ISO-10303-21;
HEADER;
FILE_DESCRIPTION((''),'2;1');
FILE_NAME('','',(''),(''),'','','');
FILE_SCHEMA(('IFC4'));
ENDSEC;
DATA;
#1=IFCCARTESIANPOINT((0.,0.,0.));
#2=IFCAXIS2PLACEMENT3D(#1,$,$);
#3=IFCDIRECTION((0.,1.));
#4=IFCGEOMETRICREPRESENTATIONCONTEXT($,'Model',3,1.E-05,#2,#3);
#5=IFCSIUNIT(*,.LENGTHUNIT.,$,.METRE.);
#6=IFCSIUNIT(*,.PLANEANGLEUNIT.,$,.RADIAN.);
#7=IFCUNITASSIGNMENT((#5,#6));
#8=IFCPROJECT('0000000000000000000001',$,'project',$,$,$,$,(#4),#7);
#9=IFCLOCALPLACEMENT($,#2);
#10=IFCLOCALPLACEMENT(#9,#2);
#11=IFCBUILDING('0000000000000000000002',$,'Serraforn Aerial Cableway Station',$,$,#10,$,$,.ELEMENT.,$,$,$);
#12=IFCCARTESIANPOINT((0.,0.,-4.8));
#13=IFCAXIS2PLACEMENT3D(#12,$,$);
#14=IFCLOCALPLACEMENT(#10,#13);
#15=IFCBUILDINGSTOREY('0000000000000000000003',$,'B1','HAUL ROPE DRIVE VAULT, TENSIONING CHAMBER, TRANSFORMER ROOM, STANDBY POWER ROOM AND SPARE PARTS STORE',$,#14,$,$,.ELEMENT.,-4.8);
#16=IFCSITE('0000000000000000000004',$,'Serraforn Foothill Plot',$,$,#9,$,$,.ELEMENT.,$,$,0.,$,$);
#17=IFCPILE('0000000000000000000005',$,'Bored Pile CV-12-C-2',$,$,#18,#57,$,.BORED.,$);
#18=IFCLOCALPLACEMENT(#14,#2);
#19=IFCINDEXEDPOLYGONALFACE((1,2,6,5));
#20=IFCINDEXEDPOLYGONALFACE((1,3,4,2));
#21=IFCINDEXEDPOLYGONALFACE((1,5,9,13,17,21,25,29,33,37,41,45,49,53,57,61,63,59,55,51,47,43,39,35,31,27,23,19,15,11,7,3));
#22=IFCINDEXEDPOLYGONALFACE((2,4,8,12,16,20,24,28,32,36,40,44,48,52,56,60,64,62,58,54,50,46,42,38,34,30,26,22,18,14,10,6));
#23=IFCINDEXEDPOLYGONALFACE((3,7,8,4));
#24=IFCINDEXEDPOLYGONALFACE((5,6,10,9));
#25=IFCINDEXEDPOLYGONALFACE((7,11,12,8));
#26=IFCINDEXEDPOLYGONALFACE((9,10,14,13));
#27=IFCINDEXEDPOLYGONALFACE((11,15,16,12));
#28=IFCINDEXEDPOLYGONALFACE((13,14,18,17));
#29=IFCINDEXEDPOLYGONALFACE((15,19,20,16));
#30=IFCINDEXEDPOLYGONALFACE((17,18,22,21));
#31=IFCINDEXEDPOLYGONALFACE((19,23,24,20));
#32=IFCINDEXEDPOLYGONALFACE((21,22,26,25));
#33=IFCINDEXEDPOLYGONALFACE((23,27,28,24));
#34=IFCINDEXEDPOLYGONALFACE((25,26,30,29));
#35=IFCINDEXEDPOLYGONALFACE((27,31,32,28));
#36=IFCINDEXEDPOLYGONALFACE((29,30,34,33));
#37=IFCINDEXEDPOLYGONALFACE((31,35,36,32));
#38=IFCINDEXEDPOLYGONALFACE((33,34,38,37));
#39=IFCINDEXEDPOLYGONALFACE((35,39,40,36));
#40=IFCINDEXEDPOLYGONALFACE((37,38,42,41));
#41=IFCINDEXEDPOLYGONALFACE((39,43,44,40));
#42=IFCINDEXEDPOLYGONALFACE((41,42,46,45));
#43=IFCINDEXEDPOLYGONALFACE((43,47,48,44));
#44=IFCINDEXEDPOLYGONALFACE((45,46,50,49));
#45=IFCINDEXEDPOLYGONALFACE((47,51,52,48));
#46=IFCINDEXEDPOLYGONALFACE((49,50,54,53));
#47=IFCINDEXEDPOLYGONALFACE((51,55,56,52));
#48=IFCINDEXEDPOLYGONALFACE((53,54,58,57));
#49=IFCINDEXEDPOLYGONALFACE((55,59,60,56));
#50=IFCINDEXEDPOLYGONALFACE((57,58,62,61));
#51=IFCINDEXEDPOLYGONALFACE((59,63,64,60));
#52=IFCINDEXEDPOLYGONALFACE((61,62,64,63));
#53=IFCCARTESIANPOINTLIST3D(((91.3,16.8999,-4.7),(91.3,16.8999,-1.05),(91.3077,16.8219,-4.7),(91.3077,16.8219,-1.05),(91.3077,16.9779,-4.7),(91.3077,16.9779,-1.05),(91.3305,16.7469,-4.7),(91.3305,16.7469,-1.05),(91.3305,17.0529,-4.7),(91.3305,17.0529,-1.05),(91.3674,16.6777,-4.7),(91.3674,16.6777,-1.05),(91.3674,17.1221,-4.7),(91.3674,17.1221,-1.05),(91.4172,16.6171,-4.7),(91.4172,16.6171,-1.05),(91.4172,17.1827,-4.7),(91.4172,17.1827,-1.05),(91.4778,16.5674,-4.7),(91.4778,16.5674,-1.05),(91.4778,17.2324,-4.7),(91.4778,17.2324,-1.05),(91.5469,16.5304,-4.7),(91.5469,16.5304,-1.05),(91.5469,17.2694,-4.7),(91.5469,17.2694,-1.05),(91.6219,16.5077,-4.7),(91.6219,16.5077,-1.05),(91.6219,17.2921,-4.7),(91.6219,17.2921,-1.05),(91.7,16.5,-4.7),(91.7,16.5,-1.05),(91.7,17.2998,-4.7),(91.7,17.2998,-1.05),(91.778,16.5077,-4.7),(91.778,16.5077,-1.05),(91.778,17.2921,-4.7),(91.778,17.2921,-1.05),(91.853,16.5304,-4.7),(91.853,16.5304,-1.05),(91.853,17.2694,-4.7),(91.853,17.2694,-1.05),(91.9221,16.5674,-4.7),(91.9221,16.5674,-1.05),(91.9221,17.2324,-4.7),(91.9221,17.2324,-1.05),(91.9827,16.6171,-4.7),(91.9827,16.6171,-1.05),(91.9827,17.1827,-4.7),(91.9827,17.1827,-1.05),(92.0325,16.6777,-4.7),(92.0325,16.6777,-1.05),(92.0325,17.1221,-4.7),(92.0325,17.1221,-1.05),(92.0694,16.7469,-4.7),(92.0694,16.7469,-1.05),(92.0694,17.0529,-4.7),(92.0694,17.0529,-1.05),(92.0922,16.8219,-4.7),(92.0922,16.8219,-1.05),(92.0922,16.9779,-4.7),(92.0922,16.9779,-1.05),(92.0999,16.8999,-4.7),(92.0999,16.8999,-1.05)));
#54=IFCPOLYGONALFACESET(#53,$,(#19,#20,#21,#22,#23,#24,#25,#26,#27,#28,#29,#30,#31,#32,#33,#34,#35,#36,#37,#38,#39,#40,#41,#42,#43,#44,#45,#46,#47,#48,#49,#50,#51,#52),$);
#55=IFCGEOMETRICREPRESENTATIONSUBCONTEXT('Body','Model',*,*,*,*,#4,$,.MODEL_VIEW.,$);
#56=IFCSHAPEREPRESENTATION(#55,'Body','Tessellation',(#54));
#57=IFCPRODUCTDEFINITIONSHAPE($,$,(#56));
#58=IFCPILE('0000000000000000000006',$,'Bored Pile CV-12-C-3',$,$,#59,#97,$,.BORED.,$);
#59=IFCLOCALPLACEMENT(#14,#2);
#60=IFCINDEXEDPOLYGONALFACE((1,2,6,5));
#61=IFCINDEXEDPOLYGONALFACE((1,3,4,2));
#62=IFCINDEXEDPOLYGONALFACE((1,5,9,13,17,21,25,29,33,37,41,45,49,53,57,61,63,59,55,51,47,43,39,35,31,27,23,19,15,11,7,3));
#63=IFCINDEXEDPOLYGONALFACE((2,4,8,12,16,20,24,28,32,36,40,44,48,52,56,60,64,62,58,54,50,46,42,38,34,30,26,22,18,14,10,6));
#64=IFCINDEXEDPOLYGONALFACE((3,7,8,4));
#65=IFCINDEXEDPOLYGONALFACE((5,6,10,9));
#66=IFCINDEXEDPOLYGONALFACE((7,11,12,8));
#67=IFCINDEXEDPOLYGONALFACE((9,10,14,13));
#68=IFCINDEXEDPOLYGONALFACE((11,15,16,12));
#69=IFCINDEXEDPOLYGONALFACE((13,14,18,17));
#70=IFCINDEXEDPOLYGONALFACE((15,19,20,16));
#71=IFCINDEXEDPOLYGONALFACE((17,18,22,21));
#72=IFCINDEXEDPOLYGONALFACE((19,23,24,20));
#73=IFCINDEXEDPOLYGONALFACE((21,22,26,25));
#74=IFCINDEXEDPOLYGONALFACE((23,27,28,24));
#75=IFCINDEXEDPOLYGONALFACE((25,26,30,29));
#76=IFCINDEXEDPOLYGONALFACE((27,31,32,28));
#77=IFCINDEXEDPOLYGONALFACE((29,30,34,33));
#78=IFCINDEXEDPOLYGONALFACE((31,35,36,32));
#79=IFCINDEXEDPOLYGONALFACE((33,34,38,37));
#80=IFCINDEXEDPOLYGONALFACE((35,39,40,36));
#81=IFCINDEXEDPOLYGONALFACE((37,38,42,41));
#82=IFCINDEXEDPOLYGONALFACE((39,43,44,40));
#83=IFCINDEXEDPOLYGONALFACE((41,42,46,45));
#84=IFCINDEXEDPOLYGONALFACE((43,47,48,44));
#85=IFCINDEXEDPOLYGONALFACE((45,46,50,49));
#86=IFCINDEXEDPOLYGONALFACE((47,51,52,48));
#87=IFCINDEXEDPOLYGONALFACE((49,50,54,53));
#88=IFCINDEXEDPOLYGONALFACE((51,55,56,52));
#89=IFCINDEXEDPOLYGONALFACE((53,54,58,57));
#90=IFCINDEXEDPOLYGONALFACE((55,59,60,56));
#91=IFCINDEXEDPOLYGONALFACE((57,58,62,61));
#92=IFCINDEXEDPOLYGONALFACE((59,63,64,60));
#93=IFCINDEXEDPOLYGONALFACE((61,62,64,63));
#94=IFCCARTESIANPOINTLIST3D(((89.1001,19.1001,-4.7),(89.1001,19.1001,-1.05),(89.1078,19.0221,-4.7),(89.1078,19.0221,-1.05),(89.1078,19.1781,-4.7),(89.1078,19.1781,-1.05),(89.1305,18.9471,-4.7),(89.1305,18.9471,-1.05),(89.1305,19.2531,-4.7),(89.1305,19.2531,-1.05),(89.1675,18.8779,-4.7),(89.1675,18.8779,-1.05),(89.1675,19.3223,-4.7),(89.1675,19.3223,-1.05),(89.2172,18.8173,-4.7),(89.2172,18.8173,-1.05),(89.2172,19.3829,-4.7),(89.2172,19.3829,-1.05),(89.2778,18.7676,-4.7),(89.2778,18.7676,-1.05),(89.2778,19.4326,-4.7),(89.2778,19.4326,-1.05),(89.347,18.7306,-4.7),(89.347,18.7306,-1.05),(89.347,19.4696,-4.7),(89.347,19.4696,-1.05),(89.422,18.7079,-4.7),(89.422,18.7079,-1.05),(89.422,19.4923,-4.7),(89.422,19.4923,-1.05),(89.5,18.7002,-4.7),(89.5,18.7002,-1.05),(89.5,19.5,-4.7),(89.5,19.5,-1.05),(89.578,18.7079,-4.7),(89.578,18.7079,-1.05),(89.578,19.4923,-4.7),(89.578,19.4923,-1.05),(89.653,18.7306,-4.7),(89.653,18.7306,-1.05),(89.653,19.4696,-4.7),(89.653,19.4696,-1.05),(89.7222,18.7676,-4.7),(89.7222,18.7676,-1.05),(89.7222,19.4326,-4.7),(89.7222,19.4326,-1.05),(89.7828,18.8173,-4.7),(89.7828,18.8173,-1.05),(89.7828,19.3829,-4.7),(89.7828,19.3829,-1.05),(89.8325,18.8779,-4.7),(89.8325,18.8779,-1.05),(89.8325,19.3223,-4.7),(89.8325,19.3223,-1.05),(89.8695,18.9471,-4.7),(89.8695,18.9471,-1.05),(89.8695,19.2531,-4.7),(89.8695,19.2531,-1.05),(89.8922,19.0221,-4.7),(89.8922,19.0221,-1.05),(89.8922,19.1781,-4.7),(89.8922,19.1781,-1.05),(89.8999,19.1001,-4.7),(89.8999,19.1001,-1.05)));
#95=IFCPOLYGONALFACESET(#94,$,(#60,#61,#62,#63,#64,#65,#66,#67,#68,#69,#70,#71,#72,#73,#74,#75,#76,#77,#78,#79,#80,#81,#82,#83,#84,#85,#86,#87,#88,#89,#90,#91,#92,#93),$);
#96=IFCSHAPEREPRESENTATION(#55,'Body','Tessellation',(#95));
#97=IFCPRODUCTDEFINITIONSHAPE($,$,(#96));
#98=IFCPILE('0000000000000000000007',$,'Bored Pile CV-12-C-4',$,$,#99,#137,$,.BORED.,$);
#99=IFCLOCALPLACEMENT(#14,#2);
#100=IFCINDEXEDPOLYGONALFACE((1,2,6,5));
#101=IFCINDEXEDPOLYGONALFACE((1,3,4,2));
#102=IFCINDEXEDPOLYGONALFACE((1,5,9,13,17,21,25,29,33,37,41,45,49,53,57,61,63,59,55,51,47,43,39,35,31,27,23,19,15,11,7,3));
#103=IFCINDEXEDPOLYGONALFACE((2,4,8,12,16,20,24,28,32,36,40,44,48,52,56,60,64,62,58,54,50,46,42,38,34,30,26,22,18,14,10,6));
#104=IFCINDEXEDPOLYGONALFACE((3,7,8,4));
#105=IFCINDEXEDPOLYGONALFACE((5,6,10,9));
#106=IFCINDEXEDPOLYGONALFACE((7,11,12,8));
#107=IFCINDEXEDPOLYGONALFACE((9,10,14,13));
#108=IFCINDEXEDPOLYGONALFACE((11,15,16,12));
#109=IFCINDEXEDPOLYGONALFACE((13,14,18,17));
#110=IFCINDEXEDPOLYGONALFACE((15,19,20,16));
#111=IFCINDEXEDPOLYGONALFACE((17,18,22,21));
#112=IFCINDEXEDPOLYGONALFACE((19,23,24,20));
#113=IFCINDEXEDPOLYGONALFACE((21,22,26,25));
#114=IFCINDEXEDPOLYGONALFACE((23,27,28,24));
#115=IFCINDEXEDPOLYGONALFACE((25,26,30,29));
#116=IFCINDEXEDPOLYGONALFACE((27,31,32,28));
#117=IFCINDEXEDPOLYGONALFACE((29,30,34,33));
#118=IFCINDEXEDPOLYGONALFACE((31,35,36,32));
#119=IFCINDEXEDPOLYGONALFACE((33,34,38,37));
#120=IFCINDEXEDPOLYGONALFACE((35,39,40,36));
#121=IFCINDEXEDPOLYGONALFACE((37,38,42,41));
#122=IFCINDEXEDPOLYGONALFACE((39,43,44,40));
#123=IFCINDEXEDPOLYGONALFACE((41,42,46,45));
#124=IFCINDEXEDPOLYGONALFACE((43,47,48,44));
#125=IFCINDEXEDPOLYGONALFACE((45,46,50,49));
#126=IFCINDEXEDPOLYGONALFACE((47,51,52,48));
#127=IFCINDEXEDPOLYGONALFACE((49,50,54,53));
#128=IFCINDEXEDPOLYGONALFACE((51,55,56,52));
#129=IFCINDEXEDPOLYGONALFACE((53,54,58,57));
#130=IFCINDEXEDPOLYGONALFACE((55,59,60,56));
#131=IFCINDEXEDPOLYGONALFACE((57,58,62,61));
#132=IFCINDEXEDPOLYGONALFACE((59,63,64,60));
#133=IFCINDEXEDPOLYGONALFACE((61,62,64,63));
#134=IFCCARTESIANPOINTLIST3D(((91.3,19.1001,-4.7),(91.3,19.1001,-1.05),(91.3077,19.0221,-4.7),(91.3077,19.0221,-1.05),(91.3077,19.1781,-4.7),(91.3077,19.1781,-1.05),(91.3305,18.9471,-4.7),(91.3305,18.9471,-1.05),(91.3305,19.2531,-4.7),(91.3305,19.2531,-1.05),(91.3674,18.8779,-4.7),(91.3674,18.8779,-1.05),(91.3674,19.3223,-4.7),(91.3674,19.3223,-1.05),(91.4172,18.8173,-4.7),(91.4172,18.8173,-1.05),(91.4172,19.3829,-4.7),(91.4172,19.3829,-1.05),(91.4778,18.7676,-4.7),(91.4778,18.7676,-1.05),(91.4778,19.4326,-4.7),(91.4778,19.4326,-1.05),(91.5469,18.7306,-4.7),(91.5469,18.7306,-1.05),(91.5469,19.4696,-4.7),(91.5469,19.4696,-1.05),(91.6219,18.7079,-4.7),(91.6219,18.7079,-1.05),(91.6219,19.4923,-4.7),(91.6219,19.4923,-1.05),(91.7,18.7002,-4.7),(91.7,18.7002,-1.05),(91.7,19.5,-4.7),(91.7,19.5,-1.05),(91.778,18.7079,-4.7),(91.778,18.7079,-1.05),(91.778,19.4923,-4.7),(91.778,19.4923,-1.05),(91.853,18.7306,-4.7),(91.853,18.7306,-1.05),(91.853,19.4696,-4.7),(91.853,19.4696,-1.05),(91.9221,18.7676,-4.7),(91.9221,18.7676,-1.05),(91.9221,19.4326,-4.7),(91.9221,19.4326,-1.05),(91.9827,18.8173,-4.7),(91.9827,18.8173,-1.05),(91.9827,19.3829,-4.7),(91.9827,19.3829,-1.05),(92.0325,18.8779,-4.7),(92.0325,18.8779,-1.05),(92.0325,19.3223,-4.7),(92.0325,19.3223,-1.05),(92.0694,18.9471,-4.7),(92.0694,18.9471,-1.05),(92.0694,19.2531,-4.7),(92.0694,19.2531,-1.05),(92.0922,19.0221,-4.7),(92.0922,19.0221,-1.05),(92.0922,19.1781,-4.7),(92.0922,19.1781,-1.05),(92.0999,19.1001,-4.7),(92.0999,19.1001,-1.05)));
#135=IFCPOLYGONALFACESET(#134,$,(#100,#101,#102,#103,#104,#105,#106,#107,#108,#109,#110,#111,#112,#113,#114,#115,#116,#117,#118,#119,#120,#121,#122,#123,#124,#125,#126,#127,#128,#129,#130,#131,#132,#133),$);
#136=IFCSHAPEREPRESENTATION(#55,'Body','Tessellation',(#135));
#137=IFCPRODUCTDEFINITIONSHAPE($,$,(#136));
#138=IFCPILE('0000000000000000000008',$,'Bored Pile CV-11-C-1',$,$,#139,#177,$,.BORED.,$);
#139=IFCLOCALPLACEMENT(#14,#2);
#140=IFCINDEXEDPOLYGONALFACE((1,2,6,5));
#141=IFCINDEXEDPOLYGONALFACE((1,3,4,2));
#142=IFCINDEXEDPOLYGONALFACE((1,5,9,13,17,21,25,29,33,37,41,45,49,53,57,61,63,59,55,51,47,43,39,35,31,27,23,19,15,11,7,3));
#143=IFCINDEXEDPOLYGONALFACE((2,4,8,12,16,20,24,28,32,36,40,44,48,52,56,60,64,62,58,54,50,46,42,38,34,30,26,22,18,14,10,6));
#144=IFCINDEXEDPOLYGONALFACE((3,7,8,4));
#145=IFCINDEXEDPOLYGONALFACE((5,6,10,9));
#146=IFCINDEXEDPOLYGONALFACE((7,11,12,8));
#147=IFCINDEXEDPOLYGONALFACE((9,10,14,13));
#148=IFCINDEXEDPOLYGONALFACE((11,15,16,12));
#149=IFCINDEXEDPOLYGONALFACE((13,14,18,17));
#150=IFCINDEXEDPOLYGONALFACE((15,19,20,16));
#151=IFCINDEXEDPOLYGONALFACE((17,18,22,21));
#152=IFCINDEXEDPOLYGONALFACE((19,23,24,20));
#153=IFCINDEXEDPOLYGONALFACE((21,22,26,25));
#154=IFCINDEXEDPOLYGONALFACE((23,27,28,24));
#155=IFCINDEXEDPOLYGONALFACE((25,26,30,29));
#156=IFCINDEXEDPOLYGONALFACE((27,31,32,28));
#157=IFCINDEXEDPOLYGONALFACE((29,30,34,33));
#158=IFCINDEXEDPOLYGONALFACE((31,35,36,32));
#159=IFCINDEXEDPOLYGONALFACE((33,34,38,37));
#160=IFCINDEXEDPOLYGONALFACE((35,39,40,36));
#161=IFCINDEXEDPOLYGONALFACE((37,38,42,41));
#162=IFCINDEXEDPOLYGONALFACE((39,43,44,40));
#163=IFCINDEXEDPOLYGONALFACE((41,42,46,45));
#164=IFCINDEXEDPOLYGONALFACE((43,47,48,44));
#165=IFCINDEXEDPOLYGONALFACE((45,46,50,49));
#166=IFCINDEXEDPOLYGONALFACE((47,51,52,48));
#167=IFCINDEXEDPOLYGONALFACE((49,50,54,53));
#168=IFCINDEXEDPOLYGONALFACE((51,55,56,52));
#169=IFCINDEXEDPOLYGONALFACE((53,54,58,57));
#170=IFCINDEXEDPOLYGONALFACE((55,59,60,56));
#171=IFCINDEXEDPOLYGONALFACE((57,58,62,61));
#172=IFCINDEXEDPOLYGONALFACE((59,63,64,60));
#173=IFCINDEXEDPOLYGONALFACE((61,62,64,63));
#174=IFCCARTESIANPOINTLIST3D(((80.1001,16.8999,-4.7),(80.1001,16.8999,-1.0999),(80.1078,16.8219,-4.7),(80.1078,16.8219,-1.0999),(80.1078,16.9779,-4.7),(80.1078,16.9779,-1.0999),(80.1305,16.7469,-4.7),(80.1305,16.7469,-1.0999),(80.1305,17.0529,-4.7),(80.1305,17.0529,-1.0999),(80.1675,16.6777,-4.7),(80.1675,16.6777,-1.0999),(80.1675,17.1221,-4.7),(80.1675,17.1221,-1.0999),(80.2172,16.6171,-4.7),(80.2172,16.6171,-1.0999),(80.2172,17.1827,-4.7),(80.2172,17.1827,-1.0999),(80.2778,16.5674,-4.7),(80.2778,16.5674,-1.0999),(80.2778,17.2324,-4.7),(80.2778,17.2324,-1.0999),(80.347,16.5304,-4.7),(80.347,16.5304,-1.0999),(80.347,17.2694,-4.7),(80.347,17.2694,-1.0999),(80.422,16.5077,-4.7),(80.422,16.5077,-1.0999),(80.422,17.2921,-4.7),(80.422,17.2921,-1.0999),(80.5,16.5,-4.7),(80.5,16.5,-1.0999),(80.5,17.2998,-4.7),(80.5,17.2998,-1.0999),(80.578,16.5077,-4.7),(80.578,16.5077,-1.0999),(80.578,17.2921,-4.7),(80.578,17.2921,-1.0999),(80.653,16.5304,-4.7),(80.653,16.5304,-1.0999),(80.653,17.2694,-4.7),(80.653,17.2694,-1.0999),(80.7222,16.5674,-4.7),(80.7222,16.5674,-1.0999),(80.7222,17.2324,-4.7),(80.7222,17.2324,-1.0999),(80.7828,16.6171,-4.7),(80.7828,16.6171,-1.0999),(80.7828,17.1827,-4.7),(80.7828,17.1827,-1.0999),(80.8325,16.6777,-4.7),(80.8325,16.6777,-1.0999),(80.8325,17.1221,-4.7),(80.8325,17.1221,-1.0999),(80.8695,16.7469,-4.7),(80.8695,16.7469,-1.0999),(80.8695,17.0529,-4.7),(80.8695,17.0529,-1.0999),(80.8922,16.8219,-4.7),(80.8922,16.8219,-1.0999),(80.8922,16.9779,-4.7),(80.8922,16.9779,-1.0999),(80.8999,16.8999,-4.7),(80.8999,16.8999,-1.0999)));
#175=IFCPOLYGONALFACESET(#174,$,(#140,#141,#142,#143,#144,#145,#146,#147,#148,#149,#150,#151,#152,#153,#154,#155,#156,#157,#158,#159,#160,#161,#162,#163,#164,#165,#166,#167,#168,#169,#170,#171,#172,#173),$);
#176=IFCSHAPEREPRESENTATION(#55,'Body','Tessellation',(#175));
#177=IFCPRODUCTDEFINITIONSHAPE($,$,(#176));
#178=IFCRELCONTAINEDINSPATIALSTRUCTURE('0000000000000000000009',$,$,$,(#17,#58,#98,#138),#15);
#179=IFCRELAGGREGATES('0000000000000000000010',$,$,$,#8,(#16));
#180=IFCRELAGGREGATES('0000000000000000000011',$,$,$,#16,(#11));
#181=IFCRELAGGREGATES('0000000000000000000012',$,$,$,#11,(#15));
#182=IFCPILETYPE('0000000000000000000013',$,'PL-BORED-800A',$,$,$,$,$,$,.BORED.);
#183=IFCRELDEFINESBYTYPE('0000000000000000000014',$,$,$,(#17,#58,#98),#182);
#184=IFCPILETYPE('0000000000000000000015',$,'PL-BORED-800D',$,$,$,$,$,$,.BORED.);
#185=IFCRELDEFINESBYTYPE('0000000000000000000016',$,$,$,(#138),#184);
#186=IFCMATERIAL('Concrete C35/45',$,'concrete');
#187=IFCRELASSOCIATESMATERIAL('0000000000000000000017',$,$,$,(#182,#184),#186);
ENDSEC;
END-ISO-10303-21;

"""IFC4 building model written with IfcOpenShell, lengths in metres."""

from ifc_helpers import new_model, si_unit, direction, frame, origin, origin_2d, place, context, subcontext, project, spatial, circle, extrude, material, material_profile, profile_set, type_object, element, save


model = new_model("IFC4")

# Units and contexts
model_context = context("Model", 3, precision=1e-05, world=origin(), true_north=direction((0.0, 1.0)))
body_context = subcontext(model_context, "Body", "Model", "MODEL_VIEW")
ifc_project = project(units=[si_unit("LENGTHUNIT", "METRE"), si_unit("PLANEANGLEUNIT", "RADIAN")], contexts=[model_context])

# Site, building, storey
site_placement = place(None, origin())
site = spatial("IfcSite", under=ifc_project, at=site_placement, Name="Serraforn Foothill Plot", CompositionType="ELEMENT", RefElevation=0.0)
building_placement = place(site_placement, origin())
building = spatial("IfcBuilding", under=site, at=building_placement, Name="Serraforn Aerial Cableway Station", CompositionType="ELEMENT")
storey_placement = place(building_placement, frame((0.0, 0.0, -4.8)))
storey = spatial("IfcBuildingStorey", under=building, at=storey_placement, Name="B1", Description="HAUL ROPE DRIVE VAULT, TENSIONING CHAMBER, TRANSFORMER ROOM, STANDBY POWER ROOM AND SPARE PARTS STORE", CompositionType="ELEMENT", Elevation=-4.8)

# Shared definitions
ifc_material_1 = material(Name="Concrete C35/45", Category="concrete")

# Piles
ifc_material_profile_1 = material_profile(ifc_material_1, circle(Radius=0.3999, at=origin_2d()), Name="BORED PILE D800")
ifc_profile_set_1 = profile_set([ifc_material_profile_1], Name="Concrete C35/45")
pile_type_1 = type_object("IfcPileType", Name="PL-BORED-800A", PredefinedType="BORED", material=ifc_profile_set_1)
for number, where, z_axis, x_axis, name in (
    (1, (91.7, 16.8999, -1.05), (0.0, 0.0, -1.0), (1.0, 0.0, 0.0), "Bored Pile CV-12-C-2"),
    (2, (89.5, 19.1001, -1.05), (0.0, 0.0, -1.0), (1.0, 0.0, 0.0), "Bored Pile CV-12-C-3"),
    (3, (91.7, 19.1001, -1.05), (0.0, 0.0, -1.0), (1.0, 0.0, 0.0), "Bored Pile CV-12-C-4"),
):
    element("IfcPile", number, at=place(storey_placement, frame(where, z_axis=z_axis, x_axis=x_axis)), inside=storey, type_object=pile_type_1, Name=name, PredefinedType="BORED", context=body_context, shape_type="SweptSolid", body=[
        extrude(circle(Radius=0.3999, at=origin_2d()), origin(), (0.0, 0.0, 1.0), 3.6499),
    ])
ifc_material_profile_2 = material_profile(ifc_material_1, circle(Radius=0.3999, at=origin_2d()), Name="BORED PILE D800")
ifc_profile_set_2 = profile_set([ifc_material_profile_2], Name="Concrete C35/45")
pile_type_2 = type_object("IfcPileType", Name="PL-BORED-800D", PredefinedType="BORED", material=ifc_profile_set_2)
for number, where, z_axis, x_axis, name in (
    (4, (80.5, 16.8999, -1.0999), (0.0, 0.0, -1.0), (1.0, 0.0, 0.0), "Bored Pile CV-11-C-1"),
):
    element("IfcPile", number, at=place(storey_placement, frame(where, z_axis=z_axis, x_axis=x_axis)), inside=storey, type_object=pile_type_2, Name=name, PredefinedType="BORED", context=body_context, shape_type="SweptSolid", body=[
        extrude(circle(Radius=0.3999, at=origin_2d()), origin(), (0.0, 0.0, 1.0), 3.6001),
    ])

save(model, "model.ifc")
